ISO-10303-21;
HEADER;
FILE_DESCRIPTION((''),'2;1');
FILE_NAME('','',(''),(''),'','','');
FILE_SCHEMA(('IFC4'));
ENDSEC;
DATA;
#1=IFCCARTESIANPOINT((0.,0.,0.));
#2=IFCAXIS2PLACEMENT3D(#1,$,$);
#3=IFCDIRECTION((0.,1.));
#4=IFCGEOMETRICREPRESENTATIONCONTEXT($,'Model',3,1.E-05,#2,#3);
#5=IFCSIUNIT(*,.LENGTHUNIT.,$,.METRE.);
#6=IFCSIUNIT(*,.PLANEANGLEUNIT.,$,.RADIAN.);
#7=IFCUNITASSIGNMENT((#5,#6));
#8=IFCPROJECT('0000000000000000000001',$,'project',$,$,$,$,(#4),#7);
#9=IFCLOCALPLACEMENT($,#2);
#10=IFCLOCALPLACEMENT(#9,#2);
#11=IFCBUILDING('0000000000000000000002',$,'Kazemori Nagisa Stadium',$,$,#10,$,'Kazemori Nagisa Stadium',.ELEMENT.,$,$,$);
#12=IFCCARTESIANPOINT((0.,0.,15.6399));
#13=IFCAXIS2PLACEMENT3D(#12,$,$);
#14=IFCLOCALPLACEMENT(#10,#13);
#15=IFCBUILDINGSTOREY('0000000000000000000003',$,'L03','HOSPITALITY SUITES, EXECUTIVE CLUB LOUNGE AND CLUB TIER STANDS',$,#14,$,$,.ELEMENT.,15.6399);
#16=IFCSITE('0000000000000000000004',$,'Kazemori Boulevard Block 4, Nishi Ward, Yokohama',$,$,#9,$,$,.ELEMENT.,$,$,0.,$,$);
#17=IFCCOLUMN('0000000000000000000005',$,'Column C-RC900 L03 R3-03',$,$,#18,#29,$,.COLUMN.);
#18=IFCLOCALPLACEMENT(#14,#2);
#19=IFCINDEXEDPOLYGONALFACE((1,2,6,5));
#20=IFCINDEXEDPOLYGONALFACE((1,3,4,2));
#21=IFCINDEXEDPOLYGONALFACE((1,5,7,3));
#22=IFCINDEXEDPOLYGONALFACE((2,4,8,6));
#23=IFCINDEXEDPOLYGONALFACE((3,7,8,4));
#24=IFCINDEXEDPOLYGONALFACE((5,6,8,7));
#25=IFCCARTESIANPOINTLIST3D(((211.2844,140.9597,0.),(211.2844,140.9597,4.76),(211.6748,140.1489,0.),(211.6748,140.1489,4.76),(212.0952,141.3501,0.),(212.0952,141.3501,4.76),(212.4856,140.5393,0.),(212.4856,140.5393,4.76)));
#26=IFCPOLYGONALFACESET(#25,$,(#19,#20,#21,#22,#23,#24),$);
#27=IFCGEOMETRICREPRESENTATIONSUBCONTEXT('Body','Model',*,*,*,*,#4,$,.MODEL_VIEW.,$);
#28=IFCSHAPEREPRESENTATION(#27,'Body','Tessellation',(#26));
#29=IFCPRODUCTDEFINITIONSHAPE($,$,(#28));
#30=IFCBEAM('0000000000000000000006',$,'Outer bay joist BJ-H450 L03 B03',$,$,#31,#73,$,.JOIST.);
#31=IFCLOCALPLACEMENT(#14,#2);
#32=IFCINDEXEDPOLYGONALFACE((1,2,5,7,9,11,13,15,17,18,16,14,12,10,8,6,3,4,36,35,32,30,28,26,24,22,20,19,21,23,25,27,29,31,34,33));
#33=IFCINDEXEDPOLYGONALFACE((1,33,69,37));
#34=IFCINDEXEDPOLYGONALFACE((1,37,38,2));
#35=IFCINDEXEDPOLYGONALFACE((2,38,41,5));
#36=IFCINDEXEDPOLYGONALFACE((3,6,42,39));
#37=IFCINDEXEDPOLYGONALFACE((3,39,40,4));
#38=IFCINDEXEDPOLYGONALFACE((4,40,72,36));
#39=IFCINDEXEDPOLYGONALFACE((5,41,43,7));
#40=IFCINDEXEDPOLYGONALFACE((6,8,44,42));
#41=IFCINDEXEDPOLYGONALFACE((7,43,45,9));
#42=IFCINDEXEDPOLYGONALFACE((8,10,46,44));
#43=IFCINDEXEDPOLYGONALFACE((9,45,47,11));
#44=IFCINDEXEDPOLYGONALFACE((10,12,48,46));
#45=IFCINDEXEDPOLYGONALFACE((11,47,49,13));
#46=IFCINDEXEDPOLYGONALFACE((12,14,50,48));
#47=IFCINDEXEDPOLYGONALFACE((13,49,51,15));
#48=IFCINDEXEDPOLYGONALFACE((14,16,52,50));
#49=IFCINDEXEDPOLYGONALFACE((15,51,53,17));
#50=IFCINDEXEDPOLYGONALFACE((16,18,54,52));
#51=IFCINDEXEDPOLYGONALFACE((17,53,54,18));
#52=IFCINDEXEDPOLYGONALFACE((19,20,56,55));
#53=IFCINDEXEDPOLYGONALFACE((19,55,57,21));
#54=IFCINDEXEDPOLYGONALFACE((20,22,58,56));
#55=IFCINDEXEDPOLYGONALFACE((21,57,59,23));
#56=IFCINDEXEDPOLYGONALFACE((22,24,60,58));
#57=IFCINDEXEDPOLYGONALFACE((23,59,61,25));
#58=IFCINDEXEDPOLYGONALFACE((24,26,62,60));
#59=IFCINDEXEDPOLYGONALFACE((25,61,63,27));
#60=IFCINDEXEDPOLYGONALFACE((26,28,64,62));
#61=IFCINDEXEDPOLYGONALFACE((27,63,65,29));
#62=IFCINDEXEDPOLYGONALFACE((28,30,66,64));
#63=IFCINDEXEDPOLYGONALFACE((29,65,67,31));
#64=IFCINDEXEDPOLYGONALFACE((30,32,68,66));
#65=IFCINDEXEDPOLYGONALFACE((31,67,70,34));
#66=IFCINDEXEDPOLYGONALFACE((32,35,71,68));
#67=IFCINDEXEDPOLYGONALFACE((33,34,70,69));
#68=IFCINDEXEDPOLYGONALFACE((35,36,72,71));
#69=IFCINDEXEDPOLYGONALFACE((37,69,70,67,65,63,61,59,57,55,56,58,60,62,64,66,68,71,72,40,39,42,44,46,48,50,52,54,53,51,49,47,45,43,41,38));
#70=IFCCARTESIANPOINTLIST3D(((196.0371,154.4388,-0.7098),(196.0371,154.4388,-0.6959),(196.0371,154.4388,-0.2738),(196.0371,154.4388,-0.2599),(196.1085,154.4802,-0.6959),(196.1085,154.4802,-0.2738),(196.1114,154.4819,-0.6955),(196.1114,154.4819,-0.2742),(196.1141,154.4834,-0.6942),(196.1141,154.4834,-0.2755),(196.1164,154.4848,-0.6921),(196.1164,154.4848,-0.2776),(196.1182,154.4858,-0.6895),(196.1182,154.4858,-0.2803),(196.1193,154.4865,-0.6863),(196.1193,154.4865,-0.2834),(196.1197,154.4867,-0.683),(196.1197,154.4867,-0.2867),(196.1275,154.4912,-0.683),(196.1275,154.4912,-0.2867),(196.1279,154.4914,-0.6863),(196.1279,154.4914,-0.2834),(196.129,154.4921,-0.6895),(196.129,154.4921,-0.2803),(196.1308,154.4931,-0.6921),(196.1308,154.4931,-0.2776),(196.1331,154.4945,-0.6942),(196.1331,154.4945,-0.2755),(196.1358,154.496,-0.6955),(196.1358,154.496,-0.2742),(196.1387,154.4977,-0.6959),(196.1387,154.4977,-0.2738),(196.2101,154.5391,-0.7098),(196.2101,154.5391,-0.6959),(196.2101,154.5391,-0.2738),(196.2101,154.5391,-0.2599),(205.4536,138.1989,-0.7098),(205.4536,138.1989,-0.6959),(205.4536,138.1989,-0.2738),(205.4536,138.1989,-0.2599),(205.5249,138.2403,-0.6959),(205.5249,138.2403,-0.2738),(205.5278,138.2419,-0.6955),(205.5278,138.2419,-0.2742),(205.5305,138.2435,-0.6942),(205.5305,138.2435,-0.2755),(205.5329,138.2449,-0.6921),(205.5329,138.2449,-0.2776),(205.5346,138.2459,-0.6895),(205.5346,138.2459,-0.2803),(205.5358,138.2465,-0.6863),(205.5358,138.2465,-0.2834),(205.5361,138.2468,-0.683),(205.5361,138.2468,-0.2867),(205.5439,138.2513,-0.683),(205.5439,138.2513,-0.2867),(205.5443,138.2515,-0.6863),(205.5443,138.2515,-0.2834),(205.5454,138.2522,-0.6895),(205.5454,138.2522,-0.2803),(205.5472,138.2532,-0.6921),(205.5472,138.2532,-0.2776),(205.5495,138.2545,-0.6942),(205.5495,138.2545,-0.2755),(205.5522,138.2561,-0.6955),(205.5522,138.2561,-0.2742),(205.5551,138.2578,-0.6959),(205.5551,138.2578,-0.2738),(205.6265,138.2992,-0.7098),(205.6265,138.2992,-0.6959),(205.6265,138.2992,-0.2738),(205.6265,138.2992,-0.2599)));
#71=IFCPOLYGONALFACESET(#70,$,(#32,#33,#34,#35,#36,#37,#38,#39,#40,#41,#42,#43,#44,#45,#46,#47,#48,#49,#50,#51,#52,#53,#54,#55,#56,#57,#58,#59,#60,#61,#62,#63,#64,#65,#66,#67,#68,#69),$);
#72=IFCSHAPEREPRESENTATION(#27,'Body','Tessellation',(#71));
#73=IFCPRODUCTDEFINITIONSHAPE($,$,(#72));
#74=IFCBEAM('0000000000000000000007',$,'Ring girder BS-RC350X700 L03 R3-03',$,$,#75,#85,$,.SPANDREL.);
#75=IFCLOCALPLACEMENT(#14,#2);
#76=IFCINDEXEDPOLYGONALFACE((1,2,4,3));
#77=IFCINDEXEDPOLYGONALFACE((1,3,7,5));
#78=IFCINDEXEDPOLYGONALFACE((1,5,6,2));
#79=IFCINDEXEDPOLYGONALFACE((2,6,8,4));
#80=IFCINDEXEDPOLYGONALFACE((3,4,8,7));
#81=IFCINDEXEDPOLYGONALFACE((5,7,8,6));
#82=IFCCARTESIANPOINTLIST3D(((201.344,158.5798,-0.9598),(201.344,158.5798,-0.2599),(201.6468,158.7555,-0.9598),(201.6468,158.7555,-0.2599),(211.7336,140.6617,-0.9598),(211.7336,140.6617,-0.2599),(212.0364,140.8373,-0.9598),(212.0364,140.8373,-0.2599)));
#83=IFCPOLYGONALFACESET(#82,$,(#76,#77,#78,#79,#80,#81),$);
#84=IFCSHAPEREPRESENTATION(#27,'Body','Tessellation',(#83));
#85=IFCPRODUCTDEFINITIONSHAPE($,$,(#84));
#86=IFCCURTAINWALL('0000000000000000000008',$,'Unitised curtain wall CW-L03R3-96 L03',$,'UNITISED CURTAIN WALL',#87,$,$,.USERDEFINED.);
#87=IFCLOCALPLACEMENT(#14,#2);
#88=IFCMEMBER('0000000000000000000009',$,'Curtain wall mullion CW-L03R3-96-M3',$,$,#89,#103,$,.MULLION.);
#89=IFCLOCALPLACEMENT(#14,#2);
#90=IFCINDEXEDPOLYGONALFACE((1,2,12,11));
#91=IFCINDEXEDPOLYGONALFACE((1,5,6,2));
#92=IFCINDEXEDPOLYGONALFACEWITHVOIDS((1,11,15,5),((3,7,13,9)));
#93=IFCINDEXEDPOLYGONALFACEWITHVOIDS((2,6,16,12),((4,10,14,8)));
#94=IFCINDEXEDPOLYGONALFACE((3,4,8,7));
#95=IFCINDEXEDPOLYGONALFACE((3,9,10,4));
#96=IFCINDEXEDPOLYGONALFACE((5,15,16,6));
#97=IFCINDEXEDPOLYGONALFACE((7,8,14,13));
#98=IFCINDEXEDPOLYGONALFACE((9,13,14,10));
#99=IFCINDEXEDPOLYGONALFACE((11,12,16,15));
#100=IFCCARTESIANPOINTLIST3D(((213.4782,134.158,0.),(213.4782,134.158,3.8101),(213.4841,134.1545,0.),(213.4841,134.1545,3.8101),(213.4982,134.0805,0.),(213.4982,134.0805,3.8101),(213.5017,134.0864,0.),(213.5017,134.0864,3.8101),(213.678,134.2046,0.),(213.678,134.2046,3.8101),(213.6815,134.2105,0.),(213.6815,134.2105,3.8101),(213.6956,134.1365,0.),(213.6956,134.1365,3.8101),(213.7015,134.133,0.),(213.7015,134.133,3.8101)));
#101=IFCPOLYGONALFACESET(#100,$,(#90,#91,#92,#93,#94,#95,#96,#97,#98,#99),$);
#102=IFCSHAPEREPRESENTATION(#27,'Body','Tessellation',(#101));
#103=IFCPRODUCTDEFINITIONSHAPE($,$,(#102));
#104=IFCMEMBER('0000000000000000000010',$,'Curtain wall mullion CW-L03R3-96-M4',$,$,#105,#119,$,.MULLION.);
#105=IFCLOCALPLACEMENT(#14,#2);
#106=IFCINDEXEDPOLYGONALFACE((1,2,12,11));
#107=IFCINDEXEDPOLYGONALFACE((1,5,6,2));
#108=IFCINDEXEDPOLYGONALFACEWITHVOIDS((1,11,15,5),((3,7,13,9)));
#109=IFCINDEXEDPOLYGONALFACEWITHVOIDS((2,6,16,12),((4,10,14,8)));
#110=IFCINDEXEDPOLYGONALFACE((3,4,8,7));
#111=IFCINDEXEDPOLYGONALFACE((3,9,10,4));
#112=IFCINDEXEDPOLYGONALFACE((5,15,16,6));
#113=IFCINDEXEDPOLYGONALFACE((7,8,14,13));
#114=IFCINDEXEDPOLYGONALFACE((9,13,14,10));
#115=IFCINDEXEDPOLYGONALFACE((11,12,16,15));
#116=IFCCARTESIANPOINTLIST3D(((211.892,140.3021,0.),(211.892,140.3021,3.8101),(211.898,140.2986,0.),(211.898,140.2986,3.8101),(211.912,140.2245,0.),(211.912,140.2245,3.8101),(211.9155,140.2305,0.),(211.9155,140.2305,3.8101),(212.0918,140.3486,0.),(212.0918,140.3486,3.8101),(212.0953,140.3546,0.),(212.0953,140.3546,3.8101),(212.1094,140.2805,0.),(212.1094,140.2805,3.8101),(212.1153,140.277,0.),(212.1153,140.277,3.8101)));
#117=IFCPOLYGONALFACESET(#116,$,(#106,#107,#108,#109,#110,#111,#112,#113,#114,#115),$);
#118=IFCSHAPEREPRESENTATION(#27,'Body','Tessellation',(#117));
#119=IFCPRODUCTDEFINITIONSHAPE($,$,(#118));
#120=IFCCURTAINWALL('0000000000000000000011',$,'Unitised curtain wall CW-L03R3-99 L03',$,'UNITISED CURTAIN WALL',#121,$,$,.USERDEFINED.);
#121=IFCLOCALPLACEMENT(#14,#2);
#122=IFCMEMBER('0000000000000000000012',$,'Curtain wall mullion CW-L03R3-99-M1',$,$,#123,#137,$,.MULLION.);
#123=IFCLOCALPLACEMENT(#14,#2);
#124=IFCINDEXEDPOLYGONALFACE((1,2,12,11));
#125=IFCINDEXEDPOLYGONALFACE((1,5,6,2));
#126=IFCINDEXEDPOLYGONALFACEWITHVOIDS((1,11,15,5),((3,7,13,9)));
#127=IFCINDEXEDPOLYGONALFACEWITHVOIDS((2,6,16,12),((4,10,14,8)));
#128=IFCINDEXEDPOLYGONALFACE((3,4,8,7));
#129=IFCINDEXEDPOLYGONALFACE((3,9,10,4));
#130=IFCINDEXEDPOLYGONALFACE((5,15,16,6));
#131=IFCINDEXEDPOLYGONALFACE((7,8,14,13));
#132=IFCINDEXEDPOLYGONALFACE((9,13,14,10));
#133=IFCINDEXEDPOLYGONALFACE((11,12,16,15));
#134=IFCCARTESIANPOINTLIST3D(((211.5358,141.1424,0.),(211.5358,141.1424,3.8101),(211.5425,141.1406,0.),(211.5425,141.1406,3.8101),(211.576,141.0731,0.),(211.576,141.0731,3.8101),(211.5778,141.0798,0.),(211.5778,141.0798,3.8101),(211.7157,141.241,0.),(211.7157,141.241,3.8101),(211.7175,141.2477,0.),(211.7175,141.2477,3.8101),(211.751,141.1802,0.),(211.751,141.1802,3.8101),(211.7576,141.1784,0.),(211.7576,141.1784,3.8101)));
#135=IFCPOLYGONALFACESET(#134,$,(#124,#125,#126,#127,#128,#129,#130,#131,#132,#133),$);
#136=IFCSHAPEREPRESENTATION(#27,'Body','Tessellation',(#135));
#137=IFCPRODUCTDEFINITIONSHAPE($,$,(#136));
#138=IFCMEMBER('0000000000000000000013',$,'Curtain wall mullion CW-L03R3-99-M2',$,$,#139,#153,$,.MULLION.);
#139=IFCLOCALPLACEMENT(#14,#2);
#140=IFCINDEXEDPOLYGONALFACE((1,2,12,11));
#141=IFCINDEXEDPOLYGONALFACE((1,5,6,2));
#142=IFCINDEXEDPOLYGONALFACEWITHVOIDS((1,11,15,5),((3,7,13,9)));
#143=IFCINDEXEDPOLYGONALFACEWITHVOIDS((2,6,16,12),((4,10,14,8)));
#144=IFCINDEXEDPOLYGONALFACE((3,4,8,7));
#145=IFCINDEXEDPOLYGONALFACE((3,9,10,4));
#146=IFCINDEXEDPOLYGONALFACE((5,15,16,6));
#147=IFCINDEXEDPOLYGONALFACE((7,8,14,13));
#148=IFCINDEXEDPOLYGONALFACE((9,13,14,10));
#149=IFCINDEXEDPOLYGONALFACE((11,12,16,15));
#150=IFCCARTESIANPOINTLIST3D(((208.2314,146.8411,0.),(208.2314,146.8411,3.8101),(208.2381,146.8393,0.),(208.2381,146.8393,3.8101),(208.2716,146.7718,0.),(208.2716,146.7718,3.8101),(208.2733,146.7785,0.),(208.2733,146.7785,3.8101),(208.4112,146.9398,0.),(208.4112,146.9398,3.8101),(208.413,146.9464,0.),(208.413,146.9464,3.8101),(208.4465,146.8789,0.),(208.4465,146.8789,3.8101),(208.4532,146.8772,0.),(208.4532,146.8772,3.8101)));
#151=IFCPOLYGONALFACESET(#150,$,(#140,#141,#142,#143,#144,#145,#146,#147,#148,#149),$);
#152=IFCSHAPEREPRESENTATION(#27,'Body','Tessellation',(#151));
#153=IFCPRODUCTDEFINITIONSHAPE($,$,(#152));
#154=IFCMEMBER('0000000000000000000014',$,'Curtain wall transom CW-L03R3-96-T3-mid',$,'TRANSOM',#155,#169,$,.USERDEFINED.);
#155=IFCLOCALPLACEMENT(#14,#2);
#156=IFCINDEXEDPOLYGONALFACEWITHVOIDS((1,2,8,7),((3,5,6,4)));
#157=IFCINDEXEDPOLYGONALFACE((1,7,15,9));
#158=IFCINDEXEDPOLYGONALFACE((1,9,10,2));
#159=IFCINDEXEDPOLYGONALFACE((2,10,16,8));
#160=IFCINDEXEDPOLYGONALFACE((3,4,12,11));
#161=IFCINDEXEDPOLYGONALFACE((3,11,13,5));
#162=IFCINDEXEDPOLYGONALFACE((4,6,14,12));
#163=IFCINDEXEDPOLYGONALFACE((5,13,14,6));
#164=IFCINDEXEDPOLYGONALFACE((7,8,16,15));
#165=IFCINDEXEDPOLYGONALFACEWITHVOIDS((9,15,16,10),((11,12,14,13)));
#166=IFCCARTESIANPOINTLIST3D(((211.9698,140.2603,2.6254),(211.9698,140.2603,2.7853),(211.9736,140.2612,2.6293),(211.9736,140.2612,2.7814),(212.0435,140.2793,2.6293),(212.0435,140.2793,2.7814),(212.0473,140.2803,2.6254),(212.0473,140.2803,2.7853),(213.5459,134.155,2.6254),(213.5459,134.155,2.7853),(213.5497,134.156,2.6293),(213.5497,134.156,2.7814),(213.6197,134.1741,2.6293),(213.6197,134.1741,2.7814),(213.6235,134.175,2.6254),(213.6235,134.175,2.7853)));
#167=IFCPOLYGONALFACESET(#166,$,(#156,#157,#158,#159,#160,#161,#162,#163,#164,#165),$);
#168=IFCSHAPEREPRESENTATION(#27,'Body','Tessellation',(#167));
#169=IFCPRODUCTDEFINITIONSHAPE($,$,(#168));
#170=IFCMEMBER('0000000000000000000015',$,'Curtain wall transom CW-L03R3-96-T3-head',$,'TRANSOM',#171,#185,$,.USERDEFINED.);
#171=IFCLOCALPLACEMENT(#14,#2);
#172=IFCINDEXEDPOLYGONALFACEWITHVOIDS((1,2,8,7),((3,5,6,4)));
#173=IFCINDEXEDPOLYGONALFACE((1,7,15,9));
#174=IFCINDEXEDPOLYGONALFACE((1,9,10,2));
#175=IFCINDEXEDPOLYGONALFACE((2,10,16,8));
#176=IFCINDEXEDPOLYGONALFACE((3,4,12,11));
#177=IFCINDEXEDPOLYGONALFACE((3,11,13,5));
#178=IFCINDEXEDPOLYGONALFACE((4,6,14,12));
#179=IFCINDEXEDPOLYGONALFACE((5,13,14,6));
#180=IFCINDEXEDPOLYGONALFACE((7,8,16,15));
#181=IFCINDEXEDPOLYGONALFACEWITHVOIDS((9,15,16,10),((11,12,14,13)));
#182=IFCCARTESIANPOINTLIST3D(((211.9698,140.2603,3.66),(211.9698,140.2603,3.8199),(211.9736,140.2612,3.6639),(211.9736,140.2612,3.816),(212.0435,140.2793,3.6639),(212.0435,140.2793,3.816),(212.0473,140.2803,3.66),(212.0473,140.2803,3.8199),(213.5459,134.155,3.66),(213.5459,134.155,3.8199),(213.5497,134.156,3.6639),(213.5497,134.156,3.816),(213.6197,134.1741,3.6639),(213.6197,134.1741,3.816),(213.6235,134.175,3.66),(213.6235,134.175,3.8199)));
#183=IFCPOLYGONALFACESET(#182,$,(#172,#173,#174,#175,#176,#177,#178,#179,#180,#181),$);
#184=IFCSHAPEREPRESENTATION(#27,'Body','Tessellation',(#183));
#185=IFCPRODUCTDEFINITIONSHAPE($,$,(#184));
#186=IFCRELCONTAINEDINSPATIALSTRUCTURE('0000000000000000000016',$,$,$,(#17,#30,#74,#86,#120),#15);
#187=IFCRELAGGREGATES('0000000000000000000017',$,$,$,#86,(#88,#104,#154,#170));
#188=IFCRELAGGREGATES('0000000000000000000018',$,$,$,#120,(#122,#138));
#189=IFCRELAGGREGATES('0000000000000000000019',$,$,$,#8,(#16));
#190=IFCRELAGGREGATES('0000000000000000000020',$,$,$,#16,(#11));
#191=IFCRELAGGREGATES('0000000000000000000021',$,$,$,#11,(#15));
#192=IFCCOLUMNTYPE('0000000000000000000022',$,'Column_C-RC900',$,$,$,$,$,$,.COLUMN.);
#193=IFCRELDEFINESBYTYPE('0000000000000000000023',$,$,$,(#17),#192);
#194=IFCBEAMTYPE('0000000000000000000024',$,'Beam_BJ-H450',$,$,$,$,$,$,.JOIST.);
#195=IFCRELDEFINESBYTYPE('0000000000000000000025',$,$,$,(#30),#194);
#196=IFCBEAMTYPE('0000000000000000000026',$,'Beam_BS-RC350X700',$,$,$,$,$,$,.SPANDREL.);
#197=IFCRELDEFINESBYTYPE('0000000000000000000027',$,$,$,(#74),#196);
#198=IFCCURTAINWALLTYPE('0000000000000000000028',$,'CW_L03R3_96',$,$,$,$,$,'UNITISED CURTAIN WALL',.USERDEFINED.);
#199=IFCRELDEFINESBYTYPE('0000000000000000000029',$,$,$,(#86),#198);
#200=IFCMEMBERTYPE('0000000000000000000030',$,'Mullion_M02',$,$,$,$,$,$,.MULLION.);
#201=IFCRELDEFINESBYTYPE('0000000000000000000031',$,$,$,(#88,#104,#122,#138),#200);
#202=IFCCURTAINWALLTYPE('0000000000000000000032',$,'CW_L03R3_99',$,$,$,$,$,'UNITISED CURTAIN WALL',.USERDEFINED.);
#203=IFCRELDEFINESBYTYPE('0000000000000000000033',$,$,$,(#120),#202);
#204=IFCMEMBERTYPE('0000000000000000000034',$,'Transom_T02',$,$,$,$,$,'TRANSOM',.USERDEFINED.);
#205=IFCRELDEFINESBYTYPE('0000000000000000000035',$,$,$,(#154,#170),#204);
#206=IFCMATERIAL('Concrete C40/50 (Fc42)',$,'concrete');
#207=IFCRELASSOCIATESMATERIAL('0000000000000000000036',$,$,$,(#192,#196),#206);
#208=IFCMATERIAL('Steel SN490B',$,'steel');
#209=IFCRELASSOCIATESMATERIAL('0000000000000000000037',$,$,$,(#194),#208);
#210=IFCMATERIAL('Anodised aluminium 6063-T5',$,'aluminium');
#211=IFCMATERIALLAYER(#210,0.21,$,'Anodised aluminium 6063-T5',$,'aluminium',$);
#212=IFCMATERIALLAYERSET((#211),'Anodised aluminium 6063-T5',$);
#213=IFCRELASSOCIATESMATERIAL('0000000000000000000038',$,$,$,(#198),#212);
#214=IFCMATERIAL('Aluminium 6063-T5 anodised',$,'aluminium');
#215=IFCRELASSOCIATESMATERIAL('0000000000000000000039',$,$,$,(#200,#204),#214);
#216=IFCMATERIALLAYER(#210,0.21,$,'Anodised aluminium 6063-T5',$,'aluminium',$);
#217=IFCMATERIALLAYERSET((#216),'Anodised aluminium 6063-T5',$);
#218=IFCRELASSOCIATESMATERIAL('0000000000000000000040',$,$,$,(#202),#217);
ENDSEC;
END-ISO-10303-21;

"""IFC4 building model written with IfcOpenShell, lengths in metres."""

from ifc_helpers import new_model, si_unit, direction, frame, origin, origin_2d, place, context, subcontext, project, spatial, rectangle, hollow_rectangle, i_section, extrude, material, layer, layer_set, material_profile, profile_set, type_object, element, aggregate, save


model = new_model("IFC4")

# Units and contexts
model_context = context("Model", 3, precision=1e-05, world=origin(), true_north=direction((0.0, 1.0)))
body_context = subcontext(model_context, "Body", "Model", "MODEL_VIEW")
ifc_project = project(units=[si_unit("LENGTHUNIT", "METRE"), si_unit("PLANEANGLEUNIT", "RADIAN")], contexts=[model_context])

# Site, building, storey
site_placement = place(None, origin())
site = spatial("IfcSite", under=ifc_project, at=site_placement, Name="Kazemori Boulevard Block 4, Nishi Ward, Yokohama", CompositionType="ELEMENT", RefElevation=0.0)
building_placement = place(site_placement, origin())
building = spatial("IfcBuilding", under=site, at=building_placement, Name="Kazemori Nagisa Stadium", LongName="Kazemori Nagisa Stadium", CompositionType="ELEMENT")
storey_placement = place(building_placement, frame((0.0, 0.0, 15.6399)))
storey = spatial("IfcBuildingStorey", under=building, at=storey_placement, Name="L03", Description="HOSPITALITY SUITES, EXECUTIVE CLUB LOUNGE AND CLUB TIER STANDS", CompositionType="ELEMENT", Elevation=15.6399)

# Column
ifc_material_1 = material(Name="Concrete C40/50 (Fc42)", Category="concrete")
ifc_material_profile_1 = material_profile(ifc_material_1, rectangle(XDim=0.8999, YDim=0.8999, at=origin_2d()), Name="RC-COL-900x900")
ifc_profile_set_1 = profile_set([ifc_material_profile_1], Name="Concrete C40/50 (Fc42)")
column_type = type_object("IfcColumnType", Name="Column_C-RC900", PredefinedType="COLUMN", material=ifc_profile_set_1)
column_placement = place(storey_placement, frame((211.885, 140.7495, 0.0), z_axis=(0.0, 0.0, 1.0), x_axis=(0.900969, 0.433884, 0.0)))
element("IfcColumn", 1, at=column_placement, inside=storey, type_object=column_type, Name="Column C-RC900 L03 R3-03", PredefinedType="COLUMN", context=body_context, shape_type="SweptSolid", body=[
    extrude(rectangle(XDim=0.8999, YDim=0.8999, at=origin_2d()), origin(), (0.0, 0.0, 1.0), 4.76),
])

# Beams
ifc_material_2 = material(Name="Steel SN490B", Category="steel")
ifc_material_profile_2 = material_profile(ifc_material_2, i_section(OverallWidth=0.2, OverallDepth=0.45, WebThickness=0.009, FlangeThickness=0.0139, FilletRadius=0.0129, at=origin_2d()), Name="H-450x200x9x14")
ifc_profile_set_2 = profile_set([ifc_material_profile_2], Name="Steel SN490B")
beam_type_1 = type_object("IfcBeamType", Name="Beam_BJ-H450", PredefinedType="JOIST", material=ifc_profile_set_2)
beam_1_placement = place(storey_placement, frame((205.54, 138.249, -0.4849), z_axis=(-0.501611, 0.865093, 0.0), x_axis=(-0.865093, -0.501611, 0.0)))
element("IfcBeam", 2, at=beam_1_placement, inside=storey, type_object=beam_type_1, Name="Outer bay joist BJ-H450 L03 B03", PredefinedType="JOIST", context=body_context, shape_type="SweptSolid", body=[
    extrude(i_section(OverallWidth=0.2, OverallDepth=0.45, WebThickness=0.009, FlangeThickness=0.0139, FilletRadius=0.0129, at=origin_2d()), origin(), (0.0, 0.0, 1.0), 18.7725),
])
ifc_material_profile_3 = material_profile(ifc_material_1, rectangle(XDim=0.3501, YDim=0.7, at=origin_2d()), Name="RC-SP-350x700")
ifc_profile_set_3 = profile_set([ifc_material_profile_3], Name="Concrete C40/50 (Fc42)")
beam_type_2 = type_object("IfcBeamType", Name="Beam_BS-RC350X700", PredefinedType="SPANDREL", material=ifc_profile_set_3)
beam_2_placement = place(storey_placement, frame((211.885, 140.7495, -0.6099), z_axis=(-0.501613, 0.865092, 0.0), x_axis=(-0.865092, -0.501613, 0.0)))
element("IfcBeam", 3, at=beam_2_placement, inside=storey, type_object=beam_type_2, Name="Ring girder BS-RC350X700 L03 R3-03", PredefinedType="SPANDREL", context=body_context, shape_type="SweptSolid", body=[
    extrude(rectangle(XDim=0.3501, YDim=0.7, at=origin_2d()), origin(), (0.0, 0.0, 1.0), 20.7124),
])

# Curtain walls, members
ifc_material_3 = material(Name="Anodised aluminium 6063-T5", Category="aluminium")
ifc_layer_1 = layer(ifc_material_3, 0.21, Name="Anodised aluminium 6063-T5", Category="aluminium")
ifc_layer_set_1 = layer_set([ifc_layer_1], Name="Anodised aluminium 6063-T5")
curtain_wall_type_1 = type_object("IfcCurtainWallType", Name="CW_L03R3_96", ElementType="UNITISED CURTAIN WALL", PredefinedType="USERDEFINED", material=ifc_layer_set_1)
curtain_wall_1_placement = place(storey_placement, origin())
curtain_wall_1 = element("IfcCurtainWall", 4, at=curtain_wall_1_placement, inside=storey, type_object=curtain_wall_type_1, Name="Unitised curtain wall CW-L03R3-96 L03", ObjectType="UNITISED CURTAIN WALL", PredefinedType="USERDEFINED")
ifc_material_4 = material(Name="Aluminium 6063-T5 anodised", Category="aluminium")
ifc_material_profile_4 = material_profile(ifc_material_4, hollow_rectangle(XDim=0.0801, YDim=0.21, WallThickness=0.0049, at=origin_2d()), Name="ALU-MULL-80x210x5")
ifc_profile_set_4 = profile_set([ifc_material_profile_4], Name="Aluminium 6063-T5 anodised")
member_type_1 = type_object("IfcMemberType", Name="Mullion_M02", PredefinedType="MULLION", material=ifc_profile_set_4)
member_1_placement = place(storey_placement, frame((213.5898, 134.1455, 0.0), z_axis=(0.0, 0.0, 1.0), x_axis=(-0.249965, 0.968255, 0.0)))
member_1 = element("IfcMember", 5, at=member_1_placement, type_object=member_type_1, Name="Curtain wall mullion CW-L03R3-96-M3", PredefinedType="MULLION", context=body_context, shape_type="SweptSolid", body=[
    extrude(hollow_rectangle(XDim=0.0801, YDim=0.21, WallThickness=0.0049, at=origin_2d()), origin(), (0.0, 0.0, 1.0), 3.8101),
])
member_2_placement = place(storey_placement, frame((212.0037, 140.2896, 0.0), z_axis=(0.0, 0.0, 1.0), x_axis=(-0.249965, 0.968255, 0.0)))
member_2 = element("IfcMember", 6, at=member_2_placement, type_object=member_type_1, Name="Curtain wall mullion CW-L03R3-96-M4", PredefinedType="MULLION", context=body_context, shape_type="SweptSolid", body=[
    extrude(hollow_rectangle(XDim=0.0801, YDim=0.21, WallThickness=0.0049, at=origin_2d()), origin(), (0.0, 0.0, 1.0), 3.8101),
])
ifc_layer_2 = layer(ifc_material_3, 0.21, Name="Anodised aluminium 6063-T5", Category="aluminium")
ifc_layer_set_2 = layer_set([ifc_layer_2], Name="Anodised aluminium 6063-T5")
curtain_wall_type_2 = type_object("IfcCurtainWallType", Name="CW_L03R3_99", ElementType="UNITISED CURTAIN WALL", PredefinedType="USERDEFINED", material=ifc_layer_set_2)
curtain_wall_2_placement = place(storey_placement, origin())
curtain_wall_2 = element("IfcCurtainWall", 7, at=curtain_wall_2_placement, inside=storey, type_object=curtain_wall_type_2, Name="Unitised curtain wall CW-L03R3-99 L03", ObjectType="UNITISED CURTAIN WALL", PredefinedType="USERDEFINED")
member_3_placement = place(storey_placement, frame((211.6467, 141.1604, 0.0), z_axis=(0.0, 0.0, 1.0), x_axis=(-0.501612, 0.865093, 0.0)))
member_3 = element("IfcMember", 8, at=member_3_placement, type_object=member_type_1, Name="Curtain wall mullion CW-L03R3-99-M1", PredefinedType="MULLION", context=body_context, shape_type="SweptSolid", body=[
    extrude(hollow_rectangle(XDim=0.0801, YDim=0.21, WallThickness=0.0049, at=origin_2d()), origin(), (0.0, 0.0, 1.0), 3.8101),
])
member_4_placement = place(storey_placement, frame((208.3423, 146.8591, 0.0), z_axis=(0.0, 0.0, 1.0), x_axis=(-0.501612, 0.865093, 0.0)))
member_4 = element("IfcMember", 9, at=member_4_placement, type_object=member_type_1, Name="Curtain wall mullion CW-L03R3-99-M2", PredefinedType="MULLION", context=body_context, shape_type="SweptSolid", body=[
    extrude(hollow_rectangle(XDim=0.0801, YDim=0.21, WallThickness=0.0049, at=origin_2d()), origin(), (0.0, 0.0, 1.0), 3.8101),
])

# Members
ifc_material_profile_5 = material_profile(ifc_material_4, hollow_rectangle(XDim=0.0801, YDim=0.1599, WallThickness=0.0039, at=origin_2d()), Name="ALU-TRAN-80x160x4")
ifc_profile_set_5 = profile_set([ifc_material_profile_5], Name="Aluminium 6063-T5 anodised")
member_type_2 = type_object("IfcMemberType", Name="Transom_T02", ElementType="TRANSOM", PredefinedType="USERDEFINED", material=ifc_profile_set_5)
member_5_placement = place(storey_placement, frame((213.5847, 134.165, 2.7053), z_axis=(-0.249972, 0.968253, 0.0), x_axis=(-0.968253, -0.249972, 0.0)))
member_5 = element("IfcMember", 10, at=member_5_placement, type_object=member_type_2, Name="Curtain wall transom CW-L03R3-96-T3-mid", ObjectType="TRANSOM", PredefinedType="USERDEFINED", context=body_context, shape_type="SweptSolid", body=[
    extrude(hollow_rectangle(XDim=0.0801, YDim=0.1599, WallThickness=0.0039, at=origin_2d()), origin(), (0.0, 0.0, 1.0), 6.3054),
])
member_6_placement = place(storey_placement, frame((213.5847, 134.165, 3.74), z_axis=(-0.249972, 0.968253, 0.0), x_axis=(-0.968253, -0.249972, 0.0)))
member_6 = element("IfcMember", 11, at=member_6_placement, type_object=member_type_2, Name="Curtain wall transom CW-L03R3-96-T3-head", ObjectType="TRANSOM", PredefinedType="USERDEFINED", context=body_context, shape_type="SweptSolid", body=[
    extrude(hollow_rectangle(XDim=0.0801, YDim=0.1599, WallThickness=0.0039, at=origin_2d()), origin(), (0.0, 0.0, 1.0), 6.3054),
])

aggregate(curtain_wall_1, [member_1, member_2, member_5, member_6])
aggregate(curtain_wall_2, [member_3, member_4])

save(model, "model.ifc")
